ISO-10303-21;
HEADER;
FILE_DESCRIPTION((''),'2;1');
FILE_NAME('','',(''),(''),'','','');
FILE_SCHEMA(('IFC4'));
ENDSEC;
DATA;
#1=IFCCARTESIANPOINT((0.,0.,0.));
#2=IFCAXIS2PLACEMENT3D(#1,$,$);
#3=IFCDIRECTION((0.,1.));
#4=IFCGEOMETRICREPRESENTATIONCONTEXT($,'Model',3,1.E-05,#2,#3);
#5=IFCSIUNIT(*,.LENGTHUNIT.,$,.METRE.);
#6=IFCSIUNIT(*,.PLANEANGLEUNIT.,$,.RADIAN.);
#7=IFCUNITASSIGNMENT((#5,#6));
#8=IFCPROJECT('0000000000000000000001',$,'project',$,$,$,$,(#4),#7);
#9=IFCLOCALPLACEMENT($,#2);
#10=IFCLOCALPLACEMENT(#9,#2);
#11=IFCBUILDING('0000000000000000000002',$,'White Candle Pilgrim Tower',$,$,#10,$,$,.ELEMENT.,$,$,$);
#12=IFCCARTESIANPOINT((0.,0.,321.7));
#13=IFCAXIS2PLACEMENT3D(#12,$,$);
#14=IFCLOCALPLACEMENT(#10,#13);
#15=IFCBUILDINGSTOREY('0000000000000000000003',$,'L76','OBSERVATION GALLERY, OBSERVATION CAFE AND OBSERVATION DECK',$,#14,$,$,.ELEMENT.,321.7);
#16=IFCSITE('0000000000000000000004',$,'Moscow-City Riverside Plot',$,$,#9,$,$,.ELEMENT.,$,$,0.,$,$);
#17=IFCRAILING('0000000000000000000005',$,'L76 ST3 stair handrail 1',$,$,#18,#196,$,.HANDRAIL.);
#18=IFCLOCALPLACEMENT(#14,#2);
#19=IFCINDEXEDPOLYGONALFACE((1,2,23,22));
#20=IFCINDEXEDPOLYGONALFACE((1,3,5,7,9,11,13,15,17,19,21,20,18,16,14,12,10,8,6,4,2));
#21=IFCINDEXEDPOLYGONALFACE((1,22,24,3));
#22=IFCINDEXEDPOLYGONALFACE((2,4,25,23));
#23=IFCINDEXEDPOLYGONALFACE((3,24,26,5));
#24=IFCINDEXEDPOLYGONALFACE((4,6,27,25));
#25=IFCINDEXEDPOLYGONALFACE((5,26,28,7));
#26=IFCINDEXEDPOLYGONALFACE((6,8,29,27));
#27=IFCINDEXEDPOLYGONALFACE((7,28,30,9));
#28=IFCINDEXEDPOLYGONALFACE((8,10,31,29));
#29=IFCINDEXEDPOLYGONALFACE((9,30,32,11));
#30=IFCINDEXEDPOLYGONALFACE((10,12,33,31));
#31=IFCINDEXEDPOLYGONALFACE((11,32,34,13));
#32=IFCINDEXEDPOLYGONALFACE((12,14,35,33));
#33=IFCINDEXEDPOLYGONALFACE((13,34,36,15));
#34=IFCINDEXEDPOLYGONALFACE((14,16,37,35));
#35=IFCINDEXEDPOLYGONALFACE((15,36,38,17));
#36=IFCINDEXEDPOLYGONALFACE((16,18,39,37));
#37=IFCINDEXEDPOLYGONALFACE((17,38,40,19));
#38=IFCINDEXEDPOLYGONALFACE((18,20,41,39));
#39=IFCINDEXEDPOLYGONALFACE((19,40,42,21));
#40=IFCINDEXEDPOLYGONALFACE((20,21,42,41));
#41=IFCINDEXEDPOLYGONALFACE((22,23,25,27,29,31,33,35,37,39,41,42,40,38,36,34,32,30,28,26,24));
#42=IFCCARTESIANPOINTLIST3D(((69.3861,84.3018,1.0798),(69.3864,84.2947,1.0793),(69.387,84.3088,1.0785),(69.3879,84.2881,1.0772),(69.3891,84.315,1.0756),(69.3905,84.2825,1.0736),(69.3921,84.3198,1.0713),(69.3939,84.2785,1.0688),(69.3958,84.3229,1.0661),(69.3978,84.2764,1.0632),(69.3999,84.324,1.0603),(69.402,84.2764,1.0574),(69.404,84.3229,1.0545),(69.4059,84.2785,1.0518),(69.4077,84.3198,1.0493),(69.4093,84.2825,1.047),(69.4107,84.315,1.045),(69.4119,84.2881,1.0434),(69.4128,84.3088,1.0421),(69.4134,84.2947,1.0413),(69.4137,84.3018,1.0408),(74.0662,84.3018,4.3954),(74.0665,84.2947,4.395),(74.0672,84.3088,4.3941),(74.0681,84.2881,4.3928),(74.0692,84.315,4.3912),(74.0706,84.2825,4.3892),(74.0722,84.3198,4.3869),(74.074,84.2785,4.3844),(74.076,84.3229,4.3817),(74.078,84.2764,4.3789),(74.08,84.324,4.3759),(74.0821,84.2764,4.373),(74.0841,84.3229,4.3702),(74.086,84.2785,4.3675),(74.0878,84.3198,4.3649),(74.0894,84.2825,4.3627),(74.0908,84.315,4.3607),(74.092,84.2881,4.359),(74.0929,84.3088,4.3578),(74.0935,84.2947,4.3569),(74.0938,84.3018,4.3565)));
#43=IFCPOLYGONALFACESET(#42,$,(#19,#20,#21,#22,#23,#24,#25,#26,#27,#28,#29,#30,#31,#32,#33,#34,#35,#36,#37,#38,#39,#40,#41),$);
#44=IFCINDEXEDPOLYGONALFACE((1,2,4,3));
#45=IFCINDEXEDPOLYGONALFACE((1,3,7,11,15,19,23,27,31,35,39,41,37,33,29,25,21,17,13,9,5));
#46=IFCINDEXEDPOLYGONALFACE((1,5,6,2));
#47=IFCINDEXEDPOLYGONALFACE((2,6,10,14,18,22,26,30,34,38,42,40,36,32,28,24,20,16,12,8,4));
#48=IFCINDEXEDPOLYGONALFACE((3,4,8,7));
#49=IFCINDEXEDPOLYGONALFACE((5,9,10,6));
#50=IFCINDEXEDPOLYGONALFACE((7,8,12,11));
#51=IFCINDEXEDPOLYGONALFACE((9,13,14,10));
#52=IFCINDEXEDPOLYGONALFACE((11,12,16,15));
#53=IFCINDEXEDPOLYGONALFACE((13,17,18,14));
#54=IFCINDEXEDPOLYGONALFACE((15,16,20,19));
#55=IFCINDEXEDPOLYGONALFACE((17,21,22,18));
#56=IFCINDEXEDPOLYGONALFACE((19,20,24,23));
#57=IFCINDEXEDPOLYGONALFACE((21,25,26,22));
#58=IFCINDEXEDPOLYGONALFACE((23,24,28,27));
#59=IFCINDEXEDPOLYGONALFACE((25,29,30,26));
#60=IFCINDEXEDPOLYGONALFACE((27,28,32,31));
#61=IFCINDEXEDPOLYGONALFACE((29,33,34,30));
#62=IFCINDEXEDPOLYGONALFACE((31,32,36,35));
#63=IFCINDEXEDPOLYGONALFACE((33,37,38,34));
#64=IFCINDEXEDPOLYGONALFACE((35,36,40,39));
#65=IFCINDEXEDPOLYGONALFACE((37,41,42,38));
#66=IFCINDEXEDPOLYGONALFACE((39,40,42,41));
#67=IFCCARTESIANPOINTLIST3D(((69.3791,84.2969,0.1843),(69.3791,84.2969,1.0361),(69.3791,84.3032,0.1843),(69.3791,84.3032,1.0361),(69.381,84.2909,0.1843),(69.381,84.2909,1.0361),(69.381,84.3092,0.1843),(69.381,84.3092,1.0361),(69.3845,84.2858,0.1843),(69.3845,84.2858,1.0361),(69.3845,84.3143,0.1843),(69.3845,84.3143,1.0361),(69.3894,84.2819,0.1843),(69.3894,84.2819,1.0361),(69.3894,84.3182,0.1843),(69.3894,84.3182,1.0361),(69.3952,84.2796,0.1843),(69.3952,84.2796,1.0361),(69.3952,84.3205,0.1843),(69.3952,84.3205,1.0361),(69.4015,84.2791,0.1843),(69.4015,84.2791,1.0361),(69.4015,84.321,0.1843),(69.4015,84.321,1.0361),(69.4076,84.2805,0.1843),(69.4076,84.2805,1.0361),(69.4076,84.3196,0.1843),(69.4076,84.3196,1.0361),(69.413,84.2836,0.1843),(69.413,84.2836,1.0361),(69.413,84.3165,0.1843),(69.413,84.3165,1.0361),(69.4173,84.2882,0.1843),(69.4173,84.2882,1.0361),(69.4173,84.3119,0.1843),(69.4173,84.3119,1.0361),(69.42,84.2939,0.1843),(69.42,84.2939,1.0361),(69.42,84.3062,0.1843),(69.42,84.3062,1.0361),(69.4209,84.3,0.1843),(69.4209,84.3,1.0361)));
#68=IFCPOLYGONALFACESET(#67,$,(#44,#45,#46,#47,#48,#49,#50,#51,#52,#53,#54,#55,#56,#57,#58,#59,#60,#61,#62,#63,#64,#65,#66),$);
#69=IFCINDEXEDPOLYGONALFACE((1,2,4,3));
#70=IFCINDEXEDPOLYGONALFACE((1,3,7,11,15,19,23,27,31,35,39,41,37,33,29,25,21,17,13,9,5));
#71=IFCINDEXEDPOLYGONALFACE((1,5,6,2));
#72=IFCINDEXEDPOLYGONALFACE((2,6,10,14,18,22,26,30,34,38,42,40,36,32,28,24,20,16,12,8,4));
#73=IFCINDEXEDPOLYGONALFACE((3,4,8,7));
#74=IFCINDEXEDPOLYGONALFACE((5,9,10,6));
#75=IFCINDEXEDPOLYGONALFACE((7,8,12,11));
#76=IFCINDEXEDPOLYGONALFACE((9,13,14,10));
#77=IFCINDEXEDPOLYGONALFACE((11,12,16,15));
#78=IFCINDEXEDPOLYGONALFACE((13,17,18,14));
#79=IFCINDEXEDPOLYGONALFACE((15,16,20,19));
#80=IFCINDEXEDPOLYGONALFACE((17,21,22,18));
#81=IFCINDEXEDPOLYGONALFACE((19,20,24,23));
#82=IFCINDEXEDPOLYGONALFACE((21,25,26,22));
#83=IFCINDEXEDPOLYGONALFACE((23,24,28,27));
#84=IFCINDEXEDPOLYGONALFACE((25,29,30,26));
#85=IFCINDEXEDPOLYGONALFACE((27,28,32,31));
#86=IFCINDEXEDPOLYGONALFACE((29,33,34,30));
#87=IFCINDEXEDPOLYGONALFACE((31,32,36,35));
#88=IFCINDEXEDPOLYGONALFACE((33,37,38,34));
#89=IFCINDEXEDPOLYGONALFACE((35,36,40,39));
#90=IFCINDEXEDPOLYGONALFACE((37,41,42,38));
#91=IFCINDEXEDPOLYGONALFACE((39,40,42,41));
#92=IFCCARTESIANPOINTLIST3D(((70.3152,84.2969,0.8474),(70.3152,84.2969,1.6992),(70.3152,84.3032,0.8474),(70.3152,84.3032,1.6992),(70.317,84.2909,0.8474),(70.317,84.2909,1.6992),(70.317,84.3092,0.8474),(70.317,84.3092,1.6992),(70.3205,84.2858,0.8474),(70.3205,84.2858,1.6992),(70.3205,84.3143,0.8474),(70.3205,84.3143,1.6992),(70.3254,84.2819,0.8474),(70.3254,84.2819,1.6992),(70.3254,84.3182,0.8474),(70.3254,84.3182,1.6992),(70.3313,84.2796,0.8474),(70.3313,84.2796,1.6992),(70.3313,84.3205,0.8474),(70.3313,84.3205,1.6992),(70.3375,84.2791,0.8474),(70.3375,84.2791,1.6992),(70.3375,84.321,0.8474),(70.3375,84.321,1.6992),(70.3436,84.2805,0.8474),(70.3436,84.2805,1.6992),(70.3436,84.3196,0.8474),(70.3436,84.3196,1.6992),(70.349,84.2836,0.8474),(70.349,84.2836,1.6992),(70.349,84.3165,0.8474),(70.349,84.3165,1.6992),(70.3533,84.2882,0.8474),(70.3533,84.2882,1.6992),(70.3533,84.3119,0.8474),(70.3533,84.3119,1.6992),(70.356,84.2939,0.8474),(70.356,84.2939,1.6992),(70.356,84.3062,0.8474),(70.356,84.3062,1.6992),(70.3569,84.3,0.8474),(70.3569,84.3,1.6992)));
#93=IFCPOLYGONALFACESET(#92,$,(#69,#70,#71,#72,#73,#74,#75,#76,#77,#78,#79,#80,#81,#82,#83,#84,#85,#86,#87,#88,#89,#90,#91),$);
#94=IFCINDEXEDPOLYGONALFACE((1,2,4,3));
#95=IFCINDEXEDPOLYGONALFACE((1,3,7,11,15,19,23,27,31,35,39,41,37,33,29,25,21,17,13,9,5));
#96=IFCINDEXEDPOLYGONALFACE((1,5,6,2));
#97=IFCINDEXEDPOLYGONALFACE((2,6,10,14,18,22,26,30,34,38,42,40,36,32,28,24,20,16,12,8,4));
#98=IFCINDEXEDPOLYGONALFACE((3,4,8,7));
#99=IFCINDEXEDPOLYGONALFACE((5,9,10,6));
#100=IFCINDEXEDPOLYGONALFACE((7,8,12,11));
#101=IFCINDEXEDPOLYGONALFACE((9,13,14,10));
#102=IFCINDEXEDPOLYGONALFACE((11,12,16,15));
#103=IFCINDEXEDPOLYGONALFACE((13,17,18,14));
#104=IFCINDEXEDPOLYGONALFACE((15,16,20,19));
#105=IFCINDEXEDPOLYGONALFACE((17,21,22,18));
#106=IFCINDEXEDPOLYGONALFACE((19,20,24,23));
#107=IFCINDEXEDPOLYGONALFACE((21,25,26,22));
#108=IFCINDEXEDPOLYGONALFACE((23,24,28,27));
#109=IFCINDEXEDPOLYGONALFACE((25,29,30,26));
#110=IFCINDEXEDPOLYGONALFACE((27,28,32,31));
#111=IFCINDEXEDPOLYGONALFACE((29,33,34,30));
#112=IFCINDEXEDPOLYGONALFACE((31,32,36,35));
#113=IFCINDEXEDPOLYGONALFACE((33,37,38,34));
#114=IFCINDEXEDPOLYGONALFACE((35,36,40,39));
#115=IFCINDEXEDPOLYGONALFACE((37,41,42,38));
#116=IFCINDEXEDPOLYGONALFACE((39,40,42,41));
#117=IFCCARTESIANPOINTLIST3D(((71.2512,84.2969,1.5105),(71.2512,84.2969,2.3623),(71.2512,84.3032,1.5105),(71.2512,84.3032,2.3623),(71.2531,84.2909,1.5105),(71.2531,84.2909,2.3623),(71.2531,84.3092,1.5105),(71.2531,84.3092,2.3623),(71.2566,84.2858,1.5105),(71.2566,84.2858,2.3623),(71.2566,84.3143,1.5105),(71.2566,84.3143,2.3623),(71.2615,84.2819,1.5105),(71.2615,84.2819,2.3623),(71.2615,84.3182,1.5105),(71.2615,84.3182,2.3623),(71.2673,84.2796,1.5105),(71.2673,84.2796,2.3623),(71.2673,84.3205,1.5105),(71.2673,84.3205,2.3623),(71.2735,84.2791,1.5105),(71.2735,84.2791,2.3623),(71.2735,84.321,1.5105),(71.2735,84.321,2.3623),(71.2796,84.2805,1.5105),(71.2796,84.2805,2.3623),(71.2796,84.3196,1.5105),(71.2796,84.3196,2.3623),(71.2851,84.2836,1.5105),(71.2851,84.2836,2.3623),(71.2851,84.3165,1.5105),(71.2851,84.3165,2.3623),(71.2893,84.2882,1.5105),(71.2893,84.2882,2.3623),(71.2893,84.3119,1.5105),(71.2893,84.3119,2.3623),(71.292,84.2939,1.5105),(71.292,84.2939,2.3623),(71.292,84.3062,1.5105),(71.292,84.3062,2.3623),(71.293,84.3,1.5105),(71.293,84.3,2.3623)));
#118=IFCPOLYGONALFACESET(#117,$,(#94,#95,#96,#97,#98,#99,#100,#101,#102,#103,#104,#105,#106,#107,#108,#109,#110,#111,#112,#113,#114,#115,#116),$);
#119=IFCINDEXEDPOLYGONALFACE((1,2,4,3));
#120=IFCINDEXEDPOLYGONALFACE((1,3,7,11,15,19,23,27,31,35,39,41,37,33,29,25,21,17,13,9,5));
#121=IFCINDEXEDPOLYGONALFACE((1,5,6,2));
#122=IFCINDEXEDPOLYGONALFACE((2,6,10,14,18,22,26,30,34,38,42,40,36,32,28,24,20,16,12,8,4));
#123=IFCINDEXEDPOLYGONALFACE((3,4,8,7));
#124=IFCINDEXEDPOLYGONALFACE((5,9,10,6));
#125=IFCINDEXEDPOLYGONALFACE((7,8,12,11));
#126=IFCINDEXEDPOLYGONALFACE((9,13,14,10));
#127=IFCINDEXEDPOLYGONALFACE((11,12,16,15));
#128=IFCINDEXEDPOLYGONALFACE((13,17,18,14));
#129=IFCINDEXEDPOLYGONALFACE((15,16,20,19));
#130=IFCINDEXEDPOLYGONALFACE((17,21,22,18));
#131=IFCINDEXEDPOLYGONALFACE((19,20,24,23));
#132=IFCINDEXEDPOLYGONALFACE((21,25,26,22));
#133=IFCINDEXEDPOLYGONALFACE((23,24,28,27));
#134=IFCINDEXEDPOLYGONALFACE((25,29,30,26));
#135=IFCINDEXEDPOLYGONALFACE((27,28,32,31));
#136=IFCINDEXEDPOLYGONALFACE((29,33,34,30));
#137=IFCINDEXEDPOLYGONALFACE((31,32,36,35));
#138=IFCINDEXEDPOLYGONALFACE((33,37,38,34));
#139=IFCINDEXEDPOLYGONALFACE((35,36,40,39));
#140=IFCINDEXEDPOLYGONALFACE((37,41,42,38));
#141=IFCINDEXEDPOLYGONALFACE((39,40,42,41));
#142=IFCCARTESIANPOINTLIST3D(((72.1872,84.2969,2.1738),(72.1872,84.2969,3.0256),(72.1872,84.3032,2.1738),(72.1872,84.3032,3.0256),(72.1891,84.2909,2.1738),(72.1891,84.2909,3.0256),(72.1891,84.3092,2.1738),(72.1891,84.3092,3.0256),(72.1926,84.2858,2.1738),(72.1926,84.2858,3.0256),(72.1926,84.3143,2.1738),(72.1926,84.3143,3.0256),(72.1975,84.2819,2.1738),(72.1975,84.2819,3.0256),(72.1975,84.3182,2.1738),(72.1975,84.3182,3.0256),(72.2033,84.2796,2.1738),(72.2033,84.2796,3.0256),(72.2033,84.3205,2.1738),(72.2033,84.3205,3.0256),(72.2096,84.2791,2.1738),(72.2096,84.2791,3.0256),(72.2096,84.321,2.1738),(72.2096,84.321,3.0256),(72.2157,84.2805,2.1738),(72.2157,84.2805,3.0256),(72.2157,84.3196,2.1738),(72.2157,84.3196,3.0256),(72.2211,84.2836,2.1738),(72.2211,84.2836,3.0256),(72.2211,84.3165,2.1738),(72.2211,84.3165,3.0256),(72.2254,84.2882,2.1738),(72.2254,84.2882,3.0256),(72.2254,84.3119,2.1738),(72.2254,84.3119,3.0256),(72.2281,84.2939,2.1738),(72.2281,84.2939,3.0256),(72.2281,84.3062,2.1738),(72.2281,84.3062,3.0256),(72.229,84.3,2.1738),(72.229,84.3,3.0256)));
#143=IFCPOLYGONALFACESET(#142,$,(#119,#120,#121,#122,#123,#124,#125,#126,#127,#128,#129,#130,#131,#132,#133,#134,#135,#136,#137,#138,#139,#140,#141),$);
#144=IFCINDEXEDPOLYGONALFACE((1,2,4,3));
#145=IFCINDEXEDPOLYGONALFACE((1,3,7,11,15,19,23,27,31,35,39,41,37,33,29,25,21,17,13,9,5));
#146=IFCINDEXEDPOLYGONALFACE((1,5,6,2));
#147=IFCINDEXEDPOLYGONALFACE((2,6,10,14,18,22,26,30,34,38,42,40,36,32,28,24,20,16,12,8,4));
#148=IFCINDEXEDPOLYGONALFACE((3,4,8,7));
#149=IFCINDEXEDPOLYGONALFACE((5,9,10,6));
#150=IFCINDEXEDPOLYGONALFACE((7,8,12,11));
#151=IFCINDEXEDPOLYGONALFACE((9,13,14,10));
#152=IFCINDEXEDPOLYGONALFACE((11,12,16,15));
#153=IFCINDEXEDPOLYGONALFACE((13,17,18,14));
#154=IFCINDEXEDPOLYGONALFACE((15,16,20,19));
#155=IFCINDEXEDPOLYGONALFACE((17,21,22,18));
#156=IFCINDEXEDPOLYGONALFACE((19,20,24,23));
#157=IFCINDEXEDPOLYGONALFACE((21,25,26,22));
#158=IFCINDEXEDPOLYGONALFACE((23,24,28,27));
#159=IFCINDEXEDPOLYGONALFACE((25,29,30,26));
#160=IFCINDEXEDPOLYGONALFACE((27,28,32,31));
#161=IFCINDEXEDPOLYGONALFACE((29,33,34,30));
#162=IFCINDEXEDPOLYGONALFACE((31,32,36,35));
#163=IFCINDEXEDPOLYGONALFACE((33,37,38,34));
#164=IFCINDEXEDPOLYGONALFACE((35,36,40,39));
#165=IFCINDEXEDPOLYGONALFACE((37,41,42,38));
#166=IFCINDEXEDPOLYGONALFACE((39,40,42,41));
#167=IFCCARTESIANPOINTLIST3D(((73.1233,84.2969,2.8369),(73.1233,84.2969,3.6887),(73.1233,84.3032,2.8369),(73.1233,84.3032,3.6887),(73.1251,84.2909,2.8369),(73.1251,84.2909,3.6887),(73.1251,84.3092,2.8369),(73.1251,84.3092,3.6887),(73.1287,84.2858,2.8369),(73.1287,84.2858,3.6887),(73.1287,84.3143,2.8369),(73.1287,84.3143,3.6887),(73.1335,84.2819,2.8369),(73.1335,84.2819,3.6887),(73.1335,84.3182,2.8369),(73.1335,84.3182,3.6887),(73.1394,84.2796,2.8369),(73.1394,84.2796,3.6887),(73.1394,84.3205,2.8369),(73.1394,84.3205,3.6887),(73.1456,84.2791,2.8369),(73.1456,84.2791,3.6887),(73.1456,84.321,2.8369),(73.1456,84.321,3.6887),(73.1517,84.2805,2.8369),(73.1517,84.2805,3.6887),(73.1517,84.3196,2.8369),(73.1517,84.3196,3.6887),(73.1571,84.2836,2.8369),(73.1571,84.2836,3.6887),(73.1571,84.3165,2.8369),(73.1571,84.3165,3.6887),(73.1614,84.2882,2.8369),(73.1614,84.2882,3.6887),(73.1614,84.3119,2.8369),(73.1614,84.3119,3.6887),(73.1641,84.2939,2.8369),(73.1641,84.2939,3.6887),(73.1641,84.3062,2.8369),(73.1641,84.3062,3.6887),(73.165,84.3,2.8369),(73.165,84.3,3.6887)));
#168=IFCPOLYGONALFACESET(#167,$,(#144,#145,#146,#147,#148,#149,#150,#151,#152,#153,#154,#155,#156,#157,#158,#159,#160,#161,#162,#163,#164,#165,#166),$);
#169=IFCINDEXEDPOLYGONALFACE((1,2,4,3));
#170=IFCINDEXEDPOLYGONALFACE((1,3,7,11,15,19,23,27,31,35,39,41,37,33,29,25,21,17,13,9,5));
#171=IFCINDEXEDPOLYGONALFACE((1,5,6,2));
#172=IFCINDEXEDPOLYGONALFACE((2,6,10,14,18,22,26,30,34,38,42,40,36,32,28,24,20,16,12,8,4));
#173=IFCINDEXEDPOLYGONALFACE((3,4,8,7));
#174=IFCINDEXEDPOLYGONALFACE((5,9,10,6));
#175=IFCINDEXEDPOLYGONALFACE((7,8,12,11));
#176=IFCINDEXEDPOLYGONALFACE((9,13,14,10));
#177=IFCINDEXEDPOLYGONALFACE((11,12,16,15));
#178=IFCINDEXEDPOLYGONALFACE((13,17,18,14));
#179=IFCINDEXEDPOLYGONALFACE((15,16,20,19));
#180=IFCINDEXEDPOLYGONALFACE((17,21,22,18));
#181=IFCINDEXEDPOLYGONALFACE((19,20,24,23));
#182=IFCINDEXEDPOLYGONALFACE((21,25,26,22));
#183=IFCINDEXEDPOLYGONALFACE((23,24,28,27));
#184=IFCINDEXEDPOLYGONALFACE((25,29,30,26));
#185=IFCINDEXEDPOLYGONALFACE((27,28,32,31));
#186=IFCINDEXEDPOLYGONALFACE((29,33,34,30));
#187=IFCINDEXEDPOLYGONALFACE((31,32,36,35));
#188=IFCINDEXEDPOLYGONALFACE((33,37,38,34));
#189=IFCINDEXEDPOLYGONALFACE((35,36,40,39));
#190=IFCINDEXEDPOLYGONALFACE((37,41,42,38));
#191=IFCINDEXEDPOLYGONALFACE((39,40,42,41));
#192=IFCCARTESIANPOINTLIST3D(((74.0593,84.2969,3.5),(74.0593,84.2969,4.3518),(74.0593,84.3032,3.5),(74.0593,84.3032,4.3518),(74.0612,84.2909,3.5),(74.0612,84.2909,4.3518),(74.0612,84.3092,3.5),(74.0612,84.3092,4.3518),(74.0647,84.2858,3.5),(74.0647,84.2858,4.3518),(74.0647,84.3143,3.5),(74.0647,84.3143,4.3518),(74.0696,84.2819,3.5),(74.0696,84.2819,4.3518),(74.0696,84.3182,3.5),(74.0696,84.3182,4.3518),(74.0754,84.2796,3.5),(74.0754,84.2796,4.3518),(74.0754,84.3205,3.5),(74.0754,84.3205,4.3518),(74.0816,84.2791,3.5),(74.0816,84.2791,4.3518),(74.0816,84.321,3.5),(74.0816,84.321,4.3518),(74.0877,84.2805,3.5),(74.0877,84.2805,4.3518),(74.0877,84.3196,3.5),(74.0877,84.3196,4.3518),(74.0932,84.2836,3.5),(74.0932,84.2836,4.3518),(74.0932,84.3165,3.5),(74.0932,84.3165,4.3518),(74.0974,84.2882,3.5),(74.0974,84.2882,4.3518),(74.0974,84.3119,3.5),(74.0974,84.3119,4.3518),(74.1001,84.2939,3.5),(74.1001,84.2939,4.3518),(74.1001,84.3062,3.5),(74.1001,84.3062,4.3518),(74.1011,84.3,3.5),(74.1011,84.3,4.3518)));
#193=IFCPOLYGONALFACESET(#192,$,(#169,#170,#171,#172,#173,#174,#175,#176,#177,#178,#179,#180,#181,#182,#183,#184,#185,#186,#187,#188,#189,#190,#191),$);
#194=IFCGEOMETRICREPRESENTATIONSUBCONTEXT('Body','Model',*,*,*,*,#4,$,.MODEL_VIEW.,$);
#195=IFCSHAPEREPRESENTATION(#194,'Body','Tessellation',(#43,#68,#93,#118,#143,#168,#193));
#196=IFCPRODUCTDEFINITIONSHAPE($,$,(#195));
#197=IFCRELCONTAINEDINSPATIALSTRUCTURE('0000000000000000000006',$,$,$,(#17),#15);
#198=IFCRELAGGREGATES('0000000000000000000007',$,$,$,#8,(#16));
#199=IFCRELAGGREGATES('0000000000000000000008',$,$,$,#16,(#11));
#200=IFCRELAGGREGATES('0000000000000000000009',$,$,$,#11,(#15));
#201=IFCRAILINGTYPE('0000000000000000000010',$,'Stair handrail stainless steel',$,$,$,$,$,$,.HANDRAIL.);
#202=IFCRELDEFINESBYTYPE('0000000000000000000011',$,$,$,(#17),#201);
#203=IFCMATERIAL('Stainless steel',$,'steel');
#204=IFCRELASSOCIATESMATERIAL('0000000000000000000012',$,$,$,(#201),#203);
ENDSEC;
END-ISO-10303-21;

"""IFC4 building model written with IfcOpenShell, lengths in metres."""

from ifc_helpers import new_model, si_unit, direction, frame, origin, origin_2d, place, context, subcontext, project, spatial, circle, extrude, material, type_object, element, save


model = new_model("IFC4")

# Units and contexts
model_context = context("Model", 3, precision=1e-05, world=origin(), true_north=direction((0.0, 1.0)))
body_context = subcontext(model_context, "Body", "Model", "MODEL_VIEW")
ifc_project = project(units=[si_unit("LENGTHUNIT", "METRE"), si_unit("PLANEANGLEUNIT", "RADIAN")], contexts=[model_context])

# Site, building, storey
site_placement = place(None, origin())
site = spatial("IfcSite", under=ifc_project, at=site_placement, Name="Moscow-City Riverside Plot", CompositionType="ELEMENT", RefElevation=0.0)
building_placement = place(site_placement, origin())
building = spatial("IfcBuilding", under=site, at=building_placement, Name="White Candle Pilgrim Tower", CompositionType="ELEMENT")
storey_placement = place(building_placement, frame((0.0, 0.0, 321.7)))
storey = spatial("IfcBuildingStorey", under=building, at=storey_placement, Name="L76", Description="OBSERVATION GALLERY, OBSERVATION CAFE AND OBSERVATION DECK", CompositionType="ELEMENT", Elevation=321.7)

# Railing
ifc_material_1 = material(Name="Stainless steel", Category="steel")
railing_type_1 = type_object("IfcRailingType", Name="Stair handrail stainless steel", PredefinedType="HANDRAIL", material=ifc_material_1)
railing_1_placement = place(storey_placement, frame((69.3999, 84.3, 0.1843)))
element("IfcRailing", 1, at=railing_1_placement, inside=storey, type_object=railing_type_1, Name="L76 ST3 stair handrail 1", PredefinedType="HANDRAIL", context=body_context, shape_type="SweptSolid", body=[
    extrude(circle(Radius=0.0239, at=origin_2d()), frame((0.0, 0.0, 0.876), z_axis=(0.815979, 0.0, 0.578081), x_axis=(0.0, 1.0, 0.0)), (0.0, 0.0, 1.0), 5.7356),
    extrude(circle(Radius=0.021, at=origin_2d()), origin(), (0.0, 0.0, 1.0), 0.8518),
    extrude(circle(Radius=0.021, at=origin_2d()), frame((0.936, 0.0, 0.6631)), (0.0, 0.0, 1.0), 0.8518),
    extrude(circle(Radius=0.021, at=origin_2d()), frame((1.8721, 0.0, 1.3262)), (0.0, 0.0, 1.0), 0.8518),
    extrude(circle(Radius=0.021, at=origin_2d()), frame((2.8081, 0.0, 1.9895)), (0.0, 0.0, 1.0), 0.8518),
    extrude(circle(Radius=0.021, at=origin_2d()), frame((3.7441, 0.0, 2.6526)), (0.0, 0.0, 1.0), 0.8518),
    extrude(circle(Radius=0.021, at=origin_2d()), frame((4.6802, 0.0, 3.3157)), (0.0, 0.0, 1.0), 0.8518),
])

save(model, "model.ifc")
